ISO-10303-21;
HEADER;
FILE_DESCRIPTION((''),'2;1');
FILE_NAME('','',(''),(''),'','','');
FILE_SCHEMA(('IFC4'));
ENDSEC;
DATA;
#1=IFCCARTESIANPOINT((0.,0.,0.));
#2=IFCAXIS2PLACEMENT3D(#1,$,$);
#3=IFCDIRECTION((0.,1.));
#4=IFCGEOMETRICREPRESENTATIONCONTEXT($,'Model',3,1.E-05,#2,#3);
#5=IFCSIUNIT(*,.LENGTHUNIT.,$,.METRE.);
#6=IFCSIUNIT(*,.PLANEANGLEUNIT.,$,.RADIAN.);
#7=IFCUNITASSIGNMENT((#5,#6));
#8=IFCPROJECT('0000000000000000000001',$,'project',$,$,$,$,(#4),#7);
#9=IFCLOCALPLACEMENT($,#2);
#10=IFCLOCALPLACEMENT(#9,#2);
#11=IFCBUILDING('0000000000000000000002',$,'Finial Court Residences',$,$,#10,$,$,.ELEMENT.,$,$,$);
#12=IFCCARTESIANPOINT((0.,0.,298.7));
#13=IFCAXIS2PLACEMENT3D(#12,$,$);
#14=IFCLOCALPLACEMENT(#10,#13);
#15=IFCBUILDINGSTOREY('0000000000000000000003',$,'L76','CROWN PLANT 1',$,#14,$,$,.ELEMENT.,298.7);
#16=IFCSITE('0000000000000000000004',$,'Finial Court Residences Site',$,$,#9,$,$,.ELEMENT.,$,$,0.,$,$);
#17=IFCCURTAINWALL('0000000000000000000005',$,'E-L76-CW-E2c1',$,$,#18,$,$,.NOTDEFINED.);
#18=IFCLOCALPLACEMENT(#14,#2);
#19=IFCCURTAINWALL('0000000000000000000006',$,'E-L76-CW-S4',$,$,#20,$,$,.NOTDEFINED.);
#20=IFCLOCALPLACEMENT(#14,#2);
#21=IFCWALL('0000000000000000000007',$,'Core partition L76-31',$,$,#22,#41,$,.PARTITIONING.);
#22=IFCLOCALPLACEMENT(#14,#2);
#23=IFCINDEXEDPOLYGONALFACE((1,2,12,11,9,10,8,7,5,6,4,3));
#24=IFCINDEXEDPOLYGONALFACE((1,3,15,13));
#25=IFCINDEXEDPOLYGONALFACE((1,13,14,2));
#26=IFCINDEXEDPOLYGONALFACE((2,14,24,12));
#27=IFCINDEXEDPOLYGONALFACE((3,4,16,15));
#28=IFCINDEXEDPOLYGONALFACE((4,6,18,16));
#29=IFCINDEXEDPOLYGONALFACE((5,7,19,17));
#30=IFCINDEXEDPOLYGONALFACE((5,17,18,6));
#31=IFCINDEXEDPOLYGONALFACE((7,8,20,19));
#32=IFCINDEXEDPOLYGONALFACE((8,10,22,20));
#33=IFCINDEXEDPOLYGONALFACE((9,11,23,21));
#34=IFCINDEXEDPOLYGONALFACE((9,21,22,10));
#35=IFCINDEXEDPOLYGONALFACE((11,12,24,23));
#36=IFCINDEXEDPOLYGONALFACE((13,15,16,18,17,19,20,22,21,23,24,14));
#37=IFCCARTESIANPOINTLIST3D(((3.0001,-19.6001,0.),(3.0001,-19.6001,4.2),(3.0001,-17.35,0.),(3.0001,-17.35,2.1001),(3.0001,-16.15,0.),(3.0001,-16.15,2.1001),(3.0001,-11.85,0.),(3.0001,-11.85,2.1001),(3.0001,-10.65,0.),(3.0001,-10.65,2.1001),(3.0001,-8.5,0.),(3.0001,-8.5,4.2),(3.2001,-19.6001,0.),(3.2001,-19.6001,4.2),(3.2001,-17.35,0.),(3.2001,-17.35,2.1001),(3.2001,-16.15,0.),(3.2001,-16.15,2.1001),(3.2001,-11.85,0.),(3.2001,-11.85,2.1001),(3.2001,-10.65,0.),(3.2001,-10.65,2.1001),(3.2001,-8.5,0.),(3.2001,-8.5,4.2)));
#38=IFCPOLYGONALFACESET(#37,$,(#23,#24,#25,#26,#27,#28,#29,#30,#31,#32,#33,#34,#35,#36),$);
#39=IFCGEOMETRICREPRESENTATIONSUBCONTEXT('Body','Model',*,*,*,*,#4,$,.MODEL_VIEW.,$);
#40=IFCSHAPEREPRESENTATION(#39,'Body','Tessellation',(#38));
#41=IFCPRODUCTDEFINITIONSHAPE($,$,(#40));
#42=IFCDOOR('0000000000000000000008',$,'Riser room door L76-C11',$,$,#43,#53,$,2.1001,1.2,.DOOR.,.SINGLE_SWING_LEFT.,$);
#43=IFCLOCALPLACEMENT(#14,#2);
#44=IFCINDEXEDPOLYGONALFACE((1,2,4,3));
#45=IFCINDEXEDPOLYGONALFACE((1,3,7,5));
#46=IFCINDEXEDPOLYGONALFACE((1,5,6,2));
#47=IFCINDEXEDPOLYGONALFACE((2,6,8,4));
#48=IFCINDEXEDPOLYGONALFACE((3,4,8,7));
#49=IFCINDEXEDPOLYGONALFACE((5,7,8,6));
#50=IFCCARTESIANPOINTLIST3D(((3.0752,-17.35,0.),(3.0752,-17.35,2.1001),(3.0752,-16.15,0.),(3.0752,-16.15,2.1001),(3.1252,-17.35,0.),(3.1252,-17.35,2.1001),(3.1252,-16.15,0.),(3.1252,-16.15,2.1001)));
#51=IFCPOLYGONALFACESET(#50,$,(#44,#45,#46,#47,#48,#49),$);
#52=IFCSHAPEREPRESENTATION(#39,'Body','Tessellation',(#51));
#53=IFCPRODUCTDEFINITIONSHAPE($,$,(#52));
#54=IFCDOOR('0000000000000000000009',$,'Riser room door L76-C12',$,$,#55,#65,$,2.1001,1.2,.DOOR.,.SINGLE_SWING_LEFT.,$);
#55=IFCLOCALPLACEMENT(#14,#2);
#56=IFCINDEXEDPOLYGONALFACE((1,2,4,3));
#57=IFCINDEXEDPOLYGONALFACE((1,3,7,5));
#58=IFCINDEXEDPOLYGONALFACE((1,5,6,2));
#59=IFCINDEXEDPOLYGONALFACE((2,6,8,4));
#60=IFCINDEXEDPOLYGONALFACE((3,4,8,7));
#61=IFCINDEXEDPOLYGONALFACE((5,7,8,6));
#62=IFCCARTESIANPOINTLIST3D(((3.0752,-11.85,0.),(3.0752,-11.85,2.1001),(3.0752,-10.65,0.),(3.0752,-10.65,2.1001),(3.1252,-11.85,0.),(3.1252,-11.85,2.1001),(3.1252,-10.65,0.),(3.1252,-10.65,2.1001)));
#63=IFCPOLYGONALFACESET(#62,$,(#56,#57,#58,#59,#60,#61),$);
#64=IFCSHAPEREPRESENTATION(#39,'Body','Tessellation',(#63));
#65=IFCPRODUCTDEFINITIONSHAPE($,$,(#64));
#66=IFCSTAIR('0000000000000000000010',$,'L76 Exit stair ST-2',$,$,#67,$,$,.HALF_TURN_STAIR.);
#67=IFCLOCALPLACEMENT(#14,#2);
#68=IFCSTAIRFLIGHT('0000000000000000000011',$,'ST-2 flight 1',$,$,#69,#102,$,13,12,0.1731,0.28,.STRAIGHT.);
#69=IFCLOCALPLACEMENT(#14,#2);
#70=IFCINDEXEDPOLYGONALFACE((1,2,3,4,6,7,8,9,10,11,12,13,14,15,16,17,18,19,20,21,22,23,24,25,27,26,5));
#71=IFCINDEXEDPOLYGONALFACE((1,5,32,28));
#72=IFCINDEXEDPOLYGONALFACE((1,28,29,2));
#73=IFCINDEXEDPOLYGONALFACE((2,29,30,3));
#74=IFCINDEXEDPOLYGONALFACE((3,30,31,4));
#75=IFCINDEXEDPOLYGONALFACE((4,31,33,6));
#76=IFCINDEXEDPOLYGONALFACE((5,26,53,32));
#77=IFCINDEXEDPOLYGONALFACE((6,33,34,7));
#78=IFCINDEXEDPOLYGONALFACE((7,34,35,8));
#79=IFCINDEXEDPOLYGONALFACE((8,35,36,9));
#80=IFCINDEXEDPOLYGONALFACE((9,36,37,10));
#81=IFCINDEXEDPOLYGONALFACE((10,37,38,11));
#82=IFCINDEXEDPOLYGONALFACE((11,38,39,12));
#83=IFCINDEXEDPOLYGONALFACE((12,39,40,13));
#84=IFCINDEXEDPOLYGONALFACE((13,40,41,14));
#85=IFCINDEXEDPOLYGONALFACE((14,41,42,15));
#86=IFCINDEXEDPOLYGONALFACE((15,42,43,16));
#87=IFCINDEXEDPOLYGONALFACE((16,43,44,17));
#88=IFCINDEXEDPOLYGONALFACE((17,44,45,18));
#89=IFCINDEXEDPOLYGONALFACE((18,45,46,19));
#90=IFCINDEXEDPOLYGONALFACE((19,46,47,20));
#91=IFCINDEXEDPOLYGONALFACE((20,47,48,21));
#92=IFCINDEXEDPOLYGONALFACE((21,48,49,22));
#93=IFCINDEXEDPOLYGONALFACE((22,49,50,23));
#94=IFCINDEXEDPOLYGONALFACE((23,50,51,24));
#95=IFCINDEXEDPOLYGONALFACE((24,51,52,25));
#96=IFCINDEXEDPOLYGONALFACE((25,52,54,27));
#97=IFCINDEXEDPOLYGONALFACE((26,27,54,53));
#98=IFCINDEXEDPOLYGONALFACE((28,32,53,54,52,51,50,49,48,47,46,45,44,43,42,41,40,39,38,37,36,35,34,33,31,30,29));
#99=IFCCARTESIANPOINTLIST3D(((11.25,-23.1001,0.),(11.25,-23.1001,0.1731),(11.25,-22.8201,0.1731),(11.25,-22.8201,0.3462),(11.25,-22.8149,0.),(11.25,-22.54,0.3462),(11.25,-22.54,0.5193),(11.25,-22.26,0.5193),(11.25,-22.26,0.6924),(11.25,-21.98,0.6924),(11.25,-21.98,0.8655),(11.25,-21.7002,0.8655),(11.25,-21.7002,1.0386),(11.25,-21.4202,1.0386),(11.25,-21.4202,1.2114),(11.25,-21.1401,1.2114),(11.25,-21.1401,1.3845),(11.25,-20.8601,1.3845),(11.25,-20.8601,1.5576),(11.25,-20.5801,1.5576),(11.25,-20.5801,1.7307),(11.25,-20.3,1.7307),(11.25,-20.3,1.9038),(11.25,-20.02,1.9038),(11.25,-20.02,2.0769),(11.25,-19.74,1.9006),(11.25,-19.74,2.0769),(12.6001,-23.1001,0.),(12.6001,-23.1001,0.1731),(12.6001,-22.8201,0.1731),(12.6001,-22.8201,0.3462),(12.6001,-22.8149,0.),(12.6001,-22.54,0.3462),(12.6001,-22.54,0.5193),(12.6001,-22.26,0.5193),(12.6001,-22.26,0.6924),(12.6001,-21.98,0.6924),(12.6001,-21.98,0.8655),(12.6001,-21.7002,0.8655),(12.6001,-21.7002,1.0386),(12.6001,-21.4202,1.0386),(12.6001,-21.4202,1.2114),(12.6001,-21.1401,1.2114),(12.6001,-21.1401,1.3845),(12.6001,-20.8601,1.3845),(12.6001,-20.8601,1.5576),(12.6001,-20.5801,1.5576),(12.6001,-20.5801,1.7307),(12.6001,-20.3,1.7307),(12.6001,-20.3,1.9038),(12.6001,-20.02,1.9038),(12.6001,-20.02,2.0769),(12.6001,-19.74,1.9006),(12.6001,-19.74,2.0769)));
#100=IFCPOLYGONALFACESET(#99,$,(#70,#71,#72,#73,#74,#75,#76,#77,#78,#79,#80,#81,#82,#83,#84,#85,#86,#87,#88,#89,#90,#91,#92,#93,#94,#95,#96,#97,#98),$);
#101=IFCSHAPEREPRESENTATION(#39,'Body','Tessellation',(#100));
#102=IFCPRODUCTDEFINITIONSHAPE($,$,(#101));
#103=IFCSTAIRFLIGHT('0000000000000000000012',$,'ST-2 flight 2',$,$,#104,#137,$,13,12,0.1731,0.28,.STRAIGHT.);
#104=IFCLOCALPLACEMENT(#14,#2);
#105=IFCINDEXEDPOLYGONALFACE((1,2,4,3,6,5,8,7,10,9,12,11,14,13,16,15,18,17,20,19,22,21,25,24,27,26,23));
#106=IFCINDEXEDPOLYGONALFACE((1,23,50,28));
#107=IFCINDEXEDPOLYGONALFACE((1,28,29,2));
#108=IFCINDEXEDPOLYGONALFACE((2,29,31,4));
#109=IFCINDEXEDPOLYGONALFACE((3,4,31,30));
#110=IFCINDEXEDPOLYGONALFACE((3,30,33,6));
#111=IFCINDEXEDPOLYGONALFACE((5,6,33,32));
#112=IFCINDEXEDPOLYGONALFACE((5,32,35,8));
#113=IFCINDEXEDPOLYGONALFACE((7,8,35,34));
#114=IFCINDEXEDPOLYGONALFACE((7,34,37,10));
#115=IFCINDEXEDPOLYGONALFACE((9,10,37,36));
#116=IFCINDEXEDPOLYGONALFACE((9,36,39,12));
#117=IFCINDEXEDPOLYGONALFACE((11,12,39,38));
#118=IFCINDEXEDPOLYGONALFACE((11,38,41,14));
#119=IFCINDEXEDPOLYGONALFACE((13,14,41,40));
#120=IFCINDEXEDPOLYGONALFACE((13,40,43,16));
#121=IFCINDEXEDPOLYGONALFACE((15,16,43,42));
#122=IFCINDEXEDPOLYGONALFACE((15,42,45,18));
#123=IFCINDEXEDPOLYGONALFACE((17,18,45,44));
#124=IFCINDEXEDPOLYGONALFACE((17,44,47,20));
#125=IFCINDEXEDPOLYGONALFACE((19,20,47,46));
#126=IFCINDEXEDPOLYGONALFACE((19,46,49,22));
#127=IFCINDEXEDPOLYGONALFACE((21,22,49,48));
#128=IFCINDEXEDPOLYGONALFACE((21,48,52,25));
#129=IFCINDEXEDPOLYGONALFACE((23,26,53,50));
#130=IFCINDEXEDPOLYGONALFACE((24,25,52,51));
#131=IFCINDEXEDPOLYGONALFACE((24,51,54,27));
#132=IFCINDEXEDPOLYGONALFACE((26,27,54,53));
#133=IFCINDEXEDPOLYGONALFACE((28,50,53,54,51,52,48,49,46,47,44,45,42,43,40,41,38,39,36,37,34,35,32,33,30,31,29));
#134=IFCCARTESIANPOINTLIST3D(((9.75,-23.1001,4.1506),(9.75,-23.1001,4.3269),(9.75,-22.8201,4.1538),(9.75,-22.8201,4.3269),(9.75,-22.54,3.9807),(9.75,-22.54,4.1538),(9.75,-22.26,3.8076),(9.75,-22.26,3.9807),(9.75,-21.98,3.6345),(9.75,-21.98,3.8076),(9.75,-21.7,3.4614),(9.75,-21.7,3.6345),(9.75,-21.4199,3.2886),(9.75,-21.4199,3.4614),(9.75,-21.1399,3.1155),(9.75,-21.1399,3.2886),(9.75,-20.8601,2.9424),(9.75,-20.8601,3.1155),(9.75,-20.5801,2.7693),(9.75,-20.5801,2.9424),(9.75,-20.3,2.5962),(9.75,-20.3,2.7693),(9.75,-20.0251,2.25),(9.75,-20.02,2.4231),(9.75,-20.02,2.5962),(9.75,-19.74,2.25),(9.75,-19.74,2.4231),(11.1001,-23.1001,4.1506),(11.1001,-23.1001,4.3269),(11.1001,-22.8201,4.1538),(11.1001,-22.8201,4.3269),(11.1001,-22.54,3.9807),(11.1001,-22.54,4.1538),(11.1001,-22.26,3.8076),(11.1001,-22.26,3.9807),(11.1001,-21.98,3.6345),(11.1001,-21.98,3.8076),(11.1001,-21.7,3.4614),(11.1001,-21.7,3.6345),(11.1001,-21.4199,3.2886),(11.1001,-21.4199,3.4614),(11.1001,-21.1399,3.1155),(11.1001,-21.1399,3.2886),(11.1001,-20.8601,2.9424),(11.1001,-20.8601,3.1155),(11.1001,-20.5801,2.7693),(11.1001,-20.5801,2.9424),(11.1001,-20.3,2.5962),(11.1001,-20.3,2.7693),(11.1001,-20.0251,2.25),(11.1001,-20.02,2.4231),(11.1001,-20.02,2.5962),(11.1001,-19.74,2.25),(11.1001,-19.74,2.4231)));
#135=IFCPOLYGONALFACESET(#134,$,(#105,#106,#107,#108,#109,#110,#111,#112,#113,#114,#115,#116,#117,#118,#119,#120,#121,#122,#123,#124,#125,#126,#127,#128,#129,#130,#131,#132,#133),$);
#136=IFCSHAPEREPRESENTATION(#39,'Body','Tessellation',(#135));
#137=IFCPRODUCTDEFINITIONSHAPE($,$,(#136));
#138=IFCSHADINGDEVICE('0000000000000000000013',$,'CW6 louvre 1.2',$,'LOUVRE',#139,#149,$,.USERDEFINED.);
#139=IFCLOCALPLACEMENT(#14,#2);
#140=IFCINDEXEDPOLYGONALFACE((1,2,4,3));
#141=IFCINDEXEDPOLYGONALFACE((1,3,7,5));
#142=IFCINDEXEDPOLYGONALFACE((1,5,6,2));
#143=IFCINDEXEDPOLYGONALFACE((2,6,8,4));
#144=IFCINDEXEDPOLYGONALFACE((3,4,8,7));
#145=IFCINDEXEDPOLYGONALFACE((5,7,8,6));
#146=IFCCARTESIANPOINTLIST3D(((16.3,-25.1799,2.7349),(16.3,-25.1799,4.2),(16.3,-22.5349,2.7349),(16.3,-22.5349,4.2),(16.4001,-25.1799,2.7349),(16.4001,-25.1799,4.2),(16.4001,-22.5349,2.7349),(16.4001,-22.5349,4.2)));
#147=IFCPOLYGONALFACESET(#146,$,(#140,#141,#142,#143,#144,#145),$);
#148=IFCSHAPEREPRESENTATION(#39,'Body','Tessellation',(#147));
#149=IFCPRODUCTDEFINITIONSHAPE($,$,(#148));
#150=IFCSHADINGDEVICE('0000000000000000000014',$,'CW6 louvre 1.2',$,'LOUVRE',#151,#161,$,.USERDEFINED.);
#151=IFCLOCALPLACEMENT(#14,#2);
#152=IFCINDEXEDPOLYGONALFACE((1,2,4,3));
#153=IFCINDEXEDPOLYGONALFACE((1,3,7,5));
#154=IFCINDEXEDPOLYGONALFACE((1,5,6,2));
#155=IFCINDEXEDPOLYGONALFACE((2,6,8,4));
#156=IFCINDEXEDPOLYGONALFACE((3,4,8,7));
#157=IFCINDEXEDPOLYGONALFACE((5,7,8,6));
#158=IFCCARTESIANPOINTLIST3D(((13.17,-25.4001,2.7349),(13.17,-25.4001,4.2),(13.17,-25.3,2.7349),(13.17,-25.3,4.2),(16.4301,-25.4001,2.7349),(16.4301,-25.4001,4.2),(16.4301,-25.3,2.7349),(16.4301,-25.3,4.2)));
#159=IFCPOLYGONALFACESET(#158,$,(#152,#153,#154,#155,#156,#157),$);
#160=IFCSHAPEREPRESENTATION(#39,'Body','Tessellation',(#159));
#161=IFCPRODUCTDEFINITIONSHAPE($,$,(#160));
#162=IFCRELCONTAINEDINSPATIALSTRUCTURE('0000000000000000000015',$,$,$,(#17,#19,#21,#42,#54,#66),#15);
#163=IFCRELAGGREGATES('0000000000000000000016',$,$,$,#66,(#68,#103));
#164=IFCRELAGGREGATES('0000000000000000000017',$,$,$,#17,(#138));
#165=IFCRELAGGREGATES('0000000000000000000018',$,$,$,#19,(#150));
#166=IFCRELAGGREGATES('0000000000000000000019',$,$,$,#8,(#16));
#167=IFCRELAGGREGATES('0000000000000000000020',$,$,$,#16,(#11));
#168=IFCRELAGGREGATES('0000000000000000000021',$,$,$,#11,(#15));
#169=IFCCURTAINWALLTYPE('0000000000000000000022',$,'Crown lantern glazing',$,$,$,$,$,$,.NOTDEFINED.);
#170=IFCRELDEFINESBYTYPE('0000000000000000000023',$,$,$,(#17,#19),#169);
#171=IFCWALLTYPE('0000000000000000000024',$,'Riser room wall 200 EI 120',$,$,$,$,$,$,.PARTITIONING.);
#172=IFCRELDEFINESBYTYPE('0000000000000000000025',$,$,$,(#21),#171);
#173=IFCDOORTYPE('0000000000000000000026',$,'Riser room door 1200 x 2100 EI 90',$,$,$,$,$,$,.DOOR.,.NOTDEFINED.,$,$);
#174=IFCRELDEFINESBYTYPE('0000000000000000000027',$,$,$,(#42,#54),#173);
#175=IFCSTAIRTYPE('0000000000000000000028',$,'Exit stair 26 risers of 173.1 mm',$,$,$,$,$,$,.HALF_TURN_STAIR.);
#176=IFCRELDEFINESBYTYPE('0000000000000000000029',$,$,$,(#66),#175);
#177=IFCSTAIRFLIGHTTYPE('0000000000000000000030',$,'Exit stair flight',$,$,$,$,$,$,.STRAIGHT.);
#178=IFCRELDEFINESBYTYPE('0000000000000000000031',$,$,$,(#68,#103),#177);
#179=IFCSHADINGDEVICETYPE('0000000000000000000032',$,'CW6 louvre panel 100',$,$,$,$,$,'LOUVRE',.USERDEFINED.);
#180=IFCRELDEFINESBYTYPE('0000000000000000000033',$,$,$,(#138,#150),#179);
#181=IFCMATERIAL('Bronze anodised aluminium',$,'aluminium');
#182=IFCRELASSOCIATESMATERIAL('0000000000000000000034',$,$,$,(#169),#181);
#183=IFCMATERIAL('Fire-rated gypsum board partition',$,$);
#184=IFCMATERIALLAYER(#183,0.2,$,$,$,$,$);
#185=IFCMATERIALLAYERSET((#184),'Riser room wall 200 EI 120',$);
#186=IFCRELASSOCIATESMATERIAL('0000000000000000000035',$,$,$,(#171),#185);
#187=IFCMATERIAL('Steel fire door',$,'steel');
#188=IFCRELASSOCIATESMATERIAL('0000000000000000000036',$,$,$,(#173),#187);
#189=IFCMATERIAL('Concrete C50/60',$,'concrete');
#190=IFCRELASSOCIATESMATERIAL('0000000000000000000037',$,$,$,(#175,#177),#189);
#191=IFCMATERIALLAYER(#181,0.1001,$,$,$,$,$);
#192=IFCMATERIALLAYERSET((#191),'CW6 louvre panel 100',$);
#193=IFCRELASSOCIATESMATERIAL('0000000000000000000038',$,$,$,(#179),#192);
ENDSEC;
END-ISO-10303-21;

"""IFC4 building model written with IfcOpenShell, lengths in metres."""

from ifc_helpers import new_model, si_unit, direction, frame, frame_2d, origin, origin_2d, place, context, subcontext, project, spatial, polyline, rectangle, outline, extrude, material, layer, layer_set, type_object, element, fill, aggregate, save


model = new_model("IFC4")

# Units and contexts
model_context = context("Model", 3, precision=1e-05, world=origin(), true_north=direction((0.0, 1.0)))
body_context = subcontext(model_context, "Body", "Model", "MODEL_VIEW")
ifc_project = project(units=[si_unit("LENGTHUNIT", "METRE"), si_unit("PLANEANGLEUNIT", "RADIAN")], contexts=[model_context])

# Site, building, storey
site_placement = place(None, origin())
site = spatial("IfcSite", under=ifc_project, at=site_placement, Name="Finial Court Residences Site", CompositionType="ELEMENT", RefElevation=0.0)
building_placement = place(site_placement, origin())
building = spatial("IfcBuilding", under=site, at=building_placement, Name="Finial Court Residences", CompositionType="ELEMENT")
storey_placement = place(building_placement, frame((0.0, 0.0, 298.7)))
storey = spatial("IfcBuildingStorey", under=building, at=storey_placement, Name="L76", Description="CROWN PLANT 1", CompositionType="ELEMENT", Elevation=298.7)

# Curtain walls
ifc_material_1 = material(Name="Bronze anodised aluminium", Category="aluminium")
curtain_wall_type = type_object("IfcCurtainWallType", Name="Crown lantern glazing", PredefinedType="NOTDEFINED", material=ifc_material_1)
curtain_wall_1_placement = place(storey_placement, origin())
curtain_wall_1 = element("IfcCurtainWall", 1, at=curtain_wall_1_placement, inside=storey, type_object=curtain_wall_type, Name="E-L76-CW-E2c1", PredefinedType="NOTDEFINED")
curtain_wall_2_placement = place(storey_placement, origin())
curtain_wall_2 = element("IfcCurtainWall", 2, at=curtain_wall_2_placement, inside=storey, type_object=curtain_wall_type, Name="E-L76-CW-S4", PredefinedType="NOTDEFINED")

# Shared definitions
ifc_material_2 = material(Name="Concrete C50/60", Category="concrete")

# Shared definitions
ifc_material_3 = material(Name="Fire-rated gypsum board partition")
ifc_material_4 = material(Name="Steel fire door", Category="steel")

# Wall, openings, doors
ifc_layer_1 = layer(ifc_material_3, 0.2)
ifc_layer_set_1 = layer_set([ifc_layer_1], Name="Riser room wall 200 EI 120")
wall_type_1 = type_object("IfcWallType", Name="Riser room wall 200 EI 120", PredefinedType="PARTITIONING", material=ifc_layer_set_1)
wall_1_placement = place(storey_placement, frame((3.1001, -19.6001, 0.0), z_axis=(0.0, 0.0, 1.0), x_axis=(0.0, 1.0, 0.0)))
wall_1 = element("IfcWall", 3, at=wall_1_placement, inside=storey, type_object=wall_type_1, Name="Core partition L76-31", PredefinedType="PARTITIONING", context=body_context, shape_type="SweptSolid", body=[
    extrude(rectangle(XDim=11.1001, YDim=0.2, at=frame_2d((5.55, 0.0))), origin(), (0.0, 0.0, 1.0), 4.2),
])
opening_1_placement = place(wall_1_placement, frame((2.25, 0.0, 0.0)))
opening_1 = element("IfcOpeningElement", 4, at=opening_1_placement, cuts=wall_1, PredefinedType="OPENING", context=body_context, shape_type="SweptSolid", body=[
    extrude(rectangle(XDim=1.2, YDim=2.1001, at=frame_2d((0.6001, 1.05))), frame((0.0, 0.1099, 0.0), z_axis=(0.0, -1.0, 0.0), x_axis=(1.0, 0.0, 0.0)), (0.0, 0.0, 1.0), 0.22),
])
opening_2_placement = place(wall_1_placement, frame((7.75, 0.0, 0.0)))
opening_2 = element("IfcOpeningElement", 5, at=opening_2_placement, cuts=wall_1, PredefinedType="OPENING", context=body_context, shape_type="SweptSolid", body=[
    extrude(rectangle(XDim=1.2, YDim=2.1001, at=frame_2d((0.6001, 1.05))), frame((0.0, 0.1099, 0.0), z_axis=(0.0, -1.0, 0.0), x_axis=(1.0, 0.0, 0.0)), (0.0, 0.0, 1.0), 0.22),
])
door_type_1 = type_object("IfcDoorType", Name="Riser room door 1200 x 2100 EI 90", OperationType="NOTDEFINED", PredefinedType="DOOR", material=ifc_material_4)
door_1_placement = place(opening_1_placement, origin())
door_1 = element("IfcDoor", 6, at=door_1_placement, inside=storey, type_object=door_type_1, Name="Riser room door L76-C11", OperationType="SINGLE_SWING_LEFT", OverallHeight=2.1001, OverallWidth=1.2, PredefinedType="DOOR", context=body_context, shape_type="SweptSolid", body=[
    extrude(rectangle(XDim=1.2, YDim=2.1001, at=frame_2d((0.6001, 1.05))), frame((0.0, 0.0249, 0.0), z_axis=(0.0, -1.0, 0.0), x_axis=(1.0, 0.0, 0.0)), (0.0, 0.0, 1.0), 0.05),
])
fill(opening_1, door_1)
door_2_placement = place(opening_2_placement, origin())
door_2 = element("IfcDoor", 7, at=door_2_placement, inside=storey, type_object=door_type_1, Name="Riser room door L76-C12", OperationType="SINGLE_SWING_LEFT", OverallHeight=2.1001, OverallWidth=1.2, PredefinedType="DOOR", context=body_context, shape_type="SweptSolid", body=[
    extrude(rectangle(XDim=1.2, YDim=2.1001, at=frame_2d((0.6001, 1.05))), frame((0.0, 0.0249, 0.0), z_axis=(0.0, -1.0, 0.0), x_axis=(1.0, 0.0, 0.0)), (0.0, 0.0, 1.0), 0.05),
])
fill(opening_2, door_2)

# Stair, stair flights
stair_type = type_object("IfcStairType", Name="Exit stair 26 risers of 173.1 mm", PredefinedType="HALF_TURN_STAIR", material=ifc_material_2)
stair_placement = place(storey_placement, origin())
stair = element("IfcStair", 8, at=stair_placement, inside=storey, type_object=stair_type, Name="L76 Exit stair ST-2", PredefinedType="HALF_TURN_STAIR")
stair_flight_type = type_object("IfcStairFlightType", Name="Exit stair flight", PredefinedType="STRAIGHT", material=ifc_material_2)
stair_flight_1_placement = place(storey_placement, frame((11.925, -23.1001, 0.0), z_axis=(0.0, 0.0, 1.0), x_axis=(0.0, 1.0, 0.0)))
stair_flight_1 = element("IfcStairFlight", 9, at=stair_flight_1_placement, type_object=stair_flight_type, Name="ST-2 flight 1", NumberOfRisers=13, NumberOfTreads=12, PredefinedType="STRAIGHT", RiserHeight=0.1731, TreadLength=0.28, context=body_context, shape_type="SweptSolid", body=[
    extrude(outline(polyline([(0.0, 0.0), (0.0, 0.1731), (0.28, 0.1731), (0.28, 0.3462), (0.5601, 0.3462), (0.5601, 0.5193), (0.8401, 0.5193), (0.8401, 0.6924), (1.1201, 0.6924), (1.1201, 0.8655), (1.3999, 0.8655), (1.3999, 1.0386), (1.6799, 1.0386), (1.6799, 1.2114), (1.96, 1.2114), (1.96, 1.3845), (2.24, 1.3845), (2.24, 1.5576), (2.52, 1.5576), (2.52, 1.7307), (2.8, 1.7307), (2.8, 1.9038), (3.0801, 1.9038), (3.0801, 2.0769), (3.3601, 2.0769), (3.3601, 2.25), (3.3601, 1.9006), (0.2852, 0.0), (0.0, 0.0)])), frame((0.0, 0.675, 0.0), z_axis=(0.0, -1.0, 0.0), x_axis=(1.0, 0.0, 0.0)), (0.0, 0.0, 1.0), 1.3501),
])
stair_flight_2_placement = place(storey_placement, frame((10.425, -19.74, 2.25), z_axis=(0.0, 0.0, 1.0), x_axis=(0.0, -1.0, 0.0)))
stair_flight_2 = element("IfcStairFlight", 10, at=stair_flight_2_placement, type_object=stair_flight_type, Name="ST-2 flight 2", NumberOfRisers=13, NumberOfTreads=12, PredefinedType="STRAIGHT", RiserHeight=0.1731, TreadLength=0.28, context=body_context, shape_type="SweptSolid", body=[
    extrude(outline(polyline([(0.0, 0.0), (0.0, 0.1731), (0.28, 0.1731), (0.28, 0.3462), (0.5601, 0.3462), (0.5601, 0.5193), (0.8401, 0.5193), (0.8401, 0.6924), (1.1201, 0.6924), (1.1201, 0.8655), (1.3999, 0.8655), (1.3999, 1.0386), (1.6799, 1.0386), (1.6799, 1.2114), (1.96, 1.2114), (1.96, 1.3845), (2.24, 1.3845), (2.24, 1.5576), (2.52, 1.5576), (2.52, 1.7307), (2.8, 1.7307), (2.8, 1.9038), (3.0801, 1.9038), (3.0801, 2.0769), (3.3601, 2.0769), (3.3601, 2.25), (3.3601, 1.9006), (0.2852, 0.0), (0.0, 0.0)])), frame((0.0, 0.675, 0.0), z_axis=(0.0, -1.0, 0.0), x_axis=(1.0, 0.0, 0.0)), (0.0, 0.0, 1.0), 1.3501),
])
aggregate(stair, [stair_flight_1, stair_flight_2])

# Shading devices
ifc_layer_2 = layer(ifc_material_1, 0.1001)
ifc_layer_set_2 = layer_set([ifc_layer_2], Name="CW6 louvre panel 100")
shading_device_type = type_object("IfcShadingDeviceType", Name="CW6 louvre panel 100", ElementType="LOUVRE", PredefinedType="USERDEFINED", material=ifc_layer_set_2)
shading_device_1_placement = place(storey_placement, frame((16.3501, -23.8574, 2.7349), z_axis=(0.0, 0.0, 1.0), x_axis=(0.0, 1.0, 0.0)))
shading_device_1 = element("IfcShadingDevice", 11, at=shading_device_1_placement, type_object=shading_device_type, Name="CW6 louvre 1.2", ObjectType="LOUVRE", PredefinedType="USERDEFINED", context=body_context, shape_type="SweptSolid", body=[
    extrude(rectangle(XDim=2.645, YDim=0.1001, at=origin_2d()), origin(), (0.0, 0.0, 1.0), 1.4651),
])
aggregate(curtain_wall_1, [shading_device_1])
shading_device_2_placement = place(storey_placement, frame((14.8, -25.3501, 2.7349), z_axis=(0.0, 0.0, 1.0), x_axis=(1.0, 0.0, 0.0)))
shading_device_2 = element("IfcShadingDevice", 12, at=shading_device_2_placement, type_object=shading_device_type, Name="CW6 louvre 1.2", ObjectType="LOUVRE", PredefinedType="USERDEFINED", context=body_context, shape_type="SweptSolid", body=[
    extrude(rectangle(XDim=3.26, YDim=0.1001, at=origin_2d()), origin(), (0.0, 0.0, 1.0), 1.4651),
])
aggregate(curtain_wall_2, [shading_device_2])

save(model, "model.ifc")
